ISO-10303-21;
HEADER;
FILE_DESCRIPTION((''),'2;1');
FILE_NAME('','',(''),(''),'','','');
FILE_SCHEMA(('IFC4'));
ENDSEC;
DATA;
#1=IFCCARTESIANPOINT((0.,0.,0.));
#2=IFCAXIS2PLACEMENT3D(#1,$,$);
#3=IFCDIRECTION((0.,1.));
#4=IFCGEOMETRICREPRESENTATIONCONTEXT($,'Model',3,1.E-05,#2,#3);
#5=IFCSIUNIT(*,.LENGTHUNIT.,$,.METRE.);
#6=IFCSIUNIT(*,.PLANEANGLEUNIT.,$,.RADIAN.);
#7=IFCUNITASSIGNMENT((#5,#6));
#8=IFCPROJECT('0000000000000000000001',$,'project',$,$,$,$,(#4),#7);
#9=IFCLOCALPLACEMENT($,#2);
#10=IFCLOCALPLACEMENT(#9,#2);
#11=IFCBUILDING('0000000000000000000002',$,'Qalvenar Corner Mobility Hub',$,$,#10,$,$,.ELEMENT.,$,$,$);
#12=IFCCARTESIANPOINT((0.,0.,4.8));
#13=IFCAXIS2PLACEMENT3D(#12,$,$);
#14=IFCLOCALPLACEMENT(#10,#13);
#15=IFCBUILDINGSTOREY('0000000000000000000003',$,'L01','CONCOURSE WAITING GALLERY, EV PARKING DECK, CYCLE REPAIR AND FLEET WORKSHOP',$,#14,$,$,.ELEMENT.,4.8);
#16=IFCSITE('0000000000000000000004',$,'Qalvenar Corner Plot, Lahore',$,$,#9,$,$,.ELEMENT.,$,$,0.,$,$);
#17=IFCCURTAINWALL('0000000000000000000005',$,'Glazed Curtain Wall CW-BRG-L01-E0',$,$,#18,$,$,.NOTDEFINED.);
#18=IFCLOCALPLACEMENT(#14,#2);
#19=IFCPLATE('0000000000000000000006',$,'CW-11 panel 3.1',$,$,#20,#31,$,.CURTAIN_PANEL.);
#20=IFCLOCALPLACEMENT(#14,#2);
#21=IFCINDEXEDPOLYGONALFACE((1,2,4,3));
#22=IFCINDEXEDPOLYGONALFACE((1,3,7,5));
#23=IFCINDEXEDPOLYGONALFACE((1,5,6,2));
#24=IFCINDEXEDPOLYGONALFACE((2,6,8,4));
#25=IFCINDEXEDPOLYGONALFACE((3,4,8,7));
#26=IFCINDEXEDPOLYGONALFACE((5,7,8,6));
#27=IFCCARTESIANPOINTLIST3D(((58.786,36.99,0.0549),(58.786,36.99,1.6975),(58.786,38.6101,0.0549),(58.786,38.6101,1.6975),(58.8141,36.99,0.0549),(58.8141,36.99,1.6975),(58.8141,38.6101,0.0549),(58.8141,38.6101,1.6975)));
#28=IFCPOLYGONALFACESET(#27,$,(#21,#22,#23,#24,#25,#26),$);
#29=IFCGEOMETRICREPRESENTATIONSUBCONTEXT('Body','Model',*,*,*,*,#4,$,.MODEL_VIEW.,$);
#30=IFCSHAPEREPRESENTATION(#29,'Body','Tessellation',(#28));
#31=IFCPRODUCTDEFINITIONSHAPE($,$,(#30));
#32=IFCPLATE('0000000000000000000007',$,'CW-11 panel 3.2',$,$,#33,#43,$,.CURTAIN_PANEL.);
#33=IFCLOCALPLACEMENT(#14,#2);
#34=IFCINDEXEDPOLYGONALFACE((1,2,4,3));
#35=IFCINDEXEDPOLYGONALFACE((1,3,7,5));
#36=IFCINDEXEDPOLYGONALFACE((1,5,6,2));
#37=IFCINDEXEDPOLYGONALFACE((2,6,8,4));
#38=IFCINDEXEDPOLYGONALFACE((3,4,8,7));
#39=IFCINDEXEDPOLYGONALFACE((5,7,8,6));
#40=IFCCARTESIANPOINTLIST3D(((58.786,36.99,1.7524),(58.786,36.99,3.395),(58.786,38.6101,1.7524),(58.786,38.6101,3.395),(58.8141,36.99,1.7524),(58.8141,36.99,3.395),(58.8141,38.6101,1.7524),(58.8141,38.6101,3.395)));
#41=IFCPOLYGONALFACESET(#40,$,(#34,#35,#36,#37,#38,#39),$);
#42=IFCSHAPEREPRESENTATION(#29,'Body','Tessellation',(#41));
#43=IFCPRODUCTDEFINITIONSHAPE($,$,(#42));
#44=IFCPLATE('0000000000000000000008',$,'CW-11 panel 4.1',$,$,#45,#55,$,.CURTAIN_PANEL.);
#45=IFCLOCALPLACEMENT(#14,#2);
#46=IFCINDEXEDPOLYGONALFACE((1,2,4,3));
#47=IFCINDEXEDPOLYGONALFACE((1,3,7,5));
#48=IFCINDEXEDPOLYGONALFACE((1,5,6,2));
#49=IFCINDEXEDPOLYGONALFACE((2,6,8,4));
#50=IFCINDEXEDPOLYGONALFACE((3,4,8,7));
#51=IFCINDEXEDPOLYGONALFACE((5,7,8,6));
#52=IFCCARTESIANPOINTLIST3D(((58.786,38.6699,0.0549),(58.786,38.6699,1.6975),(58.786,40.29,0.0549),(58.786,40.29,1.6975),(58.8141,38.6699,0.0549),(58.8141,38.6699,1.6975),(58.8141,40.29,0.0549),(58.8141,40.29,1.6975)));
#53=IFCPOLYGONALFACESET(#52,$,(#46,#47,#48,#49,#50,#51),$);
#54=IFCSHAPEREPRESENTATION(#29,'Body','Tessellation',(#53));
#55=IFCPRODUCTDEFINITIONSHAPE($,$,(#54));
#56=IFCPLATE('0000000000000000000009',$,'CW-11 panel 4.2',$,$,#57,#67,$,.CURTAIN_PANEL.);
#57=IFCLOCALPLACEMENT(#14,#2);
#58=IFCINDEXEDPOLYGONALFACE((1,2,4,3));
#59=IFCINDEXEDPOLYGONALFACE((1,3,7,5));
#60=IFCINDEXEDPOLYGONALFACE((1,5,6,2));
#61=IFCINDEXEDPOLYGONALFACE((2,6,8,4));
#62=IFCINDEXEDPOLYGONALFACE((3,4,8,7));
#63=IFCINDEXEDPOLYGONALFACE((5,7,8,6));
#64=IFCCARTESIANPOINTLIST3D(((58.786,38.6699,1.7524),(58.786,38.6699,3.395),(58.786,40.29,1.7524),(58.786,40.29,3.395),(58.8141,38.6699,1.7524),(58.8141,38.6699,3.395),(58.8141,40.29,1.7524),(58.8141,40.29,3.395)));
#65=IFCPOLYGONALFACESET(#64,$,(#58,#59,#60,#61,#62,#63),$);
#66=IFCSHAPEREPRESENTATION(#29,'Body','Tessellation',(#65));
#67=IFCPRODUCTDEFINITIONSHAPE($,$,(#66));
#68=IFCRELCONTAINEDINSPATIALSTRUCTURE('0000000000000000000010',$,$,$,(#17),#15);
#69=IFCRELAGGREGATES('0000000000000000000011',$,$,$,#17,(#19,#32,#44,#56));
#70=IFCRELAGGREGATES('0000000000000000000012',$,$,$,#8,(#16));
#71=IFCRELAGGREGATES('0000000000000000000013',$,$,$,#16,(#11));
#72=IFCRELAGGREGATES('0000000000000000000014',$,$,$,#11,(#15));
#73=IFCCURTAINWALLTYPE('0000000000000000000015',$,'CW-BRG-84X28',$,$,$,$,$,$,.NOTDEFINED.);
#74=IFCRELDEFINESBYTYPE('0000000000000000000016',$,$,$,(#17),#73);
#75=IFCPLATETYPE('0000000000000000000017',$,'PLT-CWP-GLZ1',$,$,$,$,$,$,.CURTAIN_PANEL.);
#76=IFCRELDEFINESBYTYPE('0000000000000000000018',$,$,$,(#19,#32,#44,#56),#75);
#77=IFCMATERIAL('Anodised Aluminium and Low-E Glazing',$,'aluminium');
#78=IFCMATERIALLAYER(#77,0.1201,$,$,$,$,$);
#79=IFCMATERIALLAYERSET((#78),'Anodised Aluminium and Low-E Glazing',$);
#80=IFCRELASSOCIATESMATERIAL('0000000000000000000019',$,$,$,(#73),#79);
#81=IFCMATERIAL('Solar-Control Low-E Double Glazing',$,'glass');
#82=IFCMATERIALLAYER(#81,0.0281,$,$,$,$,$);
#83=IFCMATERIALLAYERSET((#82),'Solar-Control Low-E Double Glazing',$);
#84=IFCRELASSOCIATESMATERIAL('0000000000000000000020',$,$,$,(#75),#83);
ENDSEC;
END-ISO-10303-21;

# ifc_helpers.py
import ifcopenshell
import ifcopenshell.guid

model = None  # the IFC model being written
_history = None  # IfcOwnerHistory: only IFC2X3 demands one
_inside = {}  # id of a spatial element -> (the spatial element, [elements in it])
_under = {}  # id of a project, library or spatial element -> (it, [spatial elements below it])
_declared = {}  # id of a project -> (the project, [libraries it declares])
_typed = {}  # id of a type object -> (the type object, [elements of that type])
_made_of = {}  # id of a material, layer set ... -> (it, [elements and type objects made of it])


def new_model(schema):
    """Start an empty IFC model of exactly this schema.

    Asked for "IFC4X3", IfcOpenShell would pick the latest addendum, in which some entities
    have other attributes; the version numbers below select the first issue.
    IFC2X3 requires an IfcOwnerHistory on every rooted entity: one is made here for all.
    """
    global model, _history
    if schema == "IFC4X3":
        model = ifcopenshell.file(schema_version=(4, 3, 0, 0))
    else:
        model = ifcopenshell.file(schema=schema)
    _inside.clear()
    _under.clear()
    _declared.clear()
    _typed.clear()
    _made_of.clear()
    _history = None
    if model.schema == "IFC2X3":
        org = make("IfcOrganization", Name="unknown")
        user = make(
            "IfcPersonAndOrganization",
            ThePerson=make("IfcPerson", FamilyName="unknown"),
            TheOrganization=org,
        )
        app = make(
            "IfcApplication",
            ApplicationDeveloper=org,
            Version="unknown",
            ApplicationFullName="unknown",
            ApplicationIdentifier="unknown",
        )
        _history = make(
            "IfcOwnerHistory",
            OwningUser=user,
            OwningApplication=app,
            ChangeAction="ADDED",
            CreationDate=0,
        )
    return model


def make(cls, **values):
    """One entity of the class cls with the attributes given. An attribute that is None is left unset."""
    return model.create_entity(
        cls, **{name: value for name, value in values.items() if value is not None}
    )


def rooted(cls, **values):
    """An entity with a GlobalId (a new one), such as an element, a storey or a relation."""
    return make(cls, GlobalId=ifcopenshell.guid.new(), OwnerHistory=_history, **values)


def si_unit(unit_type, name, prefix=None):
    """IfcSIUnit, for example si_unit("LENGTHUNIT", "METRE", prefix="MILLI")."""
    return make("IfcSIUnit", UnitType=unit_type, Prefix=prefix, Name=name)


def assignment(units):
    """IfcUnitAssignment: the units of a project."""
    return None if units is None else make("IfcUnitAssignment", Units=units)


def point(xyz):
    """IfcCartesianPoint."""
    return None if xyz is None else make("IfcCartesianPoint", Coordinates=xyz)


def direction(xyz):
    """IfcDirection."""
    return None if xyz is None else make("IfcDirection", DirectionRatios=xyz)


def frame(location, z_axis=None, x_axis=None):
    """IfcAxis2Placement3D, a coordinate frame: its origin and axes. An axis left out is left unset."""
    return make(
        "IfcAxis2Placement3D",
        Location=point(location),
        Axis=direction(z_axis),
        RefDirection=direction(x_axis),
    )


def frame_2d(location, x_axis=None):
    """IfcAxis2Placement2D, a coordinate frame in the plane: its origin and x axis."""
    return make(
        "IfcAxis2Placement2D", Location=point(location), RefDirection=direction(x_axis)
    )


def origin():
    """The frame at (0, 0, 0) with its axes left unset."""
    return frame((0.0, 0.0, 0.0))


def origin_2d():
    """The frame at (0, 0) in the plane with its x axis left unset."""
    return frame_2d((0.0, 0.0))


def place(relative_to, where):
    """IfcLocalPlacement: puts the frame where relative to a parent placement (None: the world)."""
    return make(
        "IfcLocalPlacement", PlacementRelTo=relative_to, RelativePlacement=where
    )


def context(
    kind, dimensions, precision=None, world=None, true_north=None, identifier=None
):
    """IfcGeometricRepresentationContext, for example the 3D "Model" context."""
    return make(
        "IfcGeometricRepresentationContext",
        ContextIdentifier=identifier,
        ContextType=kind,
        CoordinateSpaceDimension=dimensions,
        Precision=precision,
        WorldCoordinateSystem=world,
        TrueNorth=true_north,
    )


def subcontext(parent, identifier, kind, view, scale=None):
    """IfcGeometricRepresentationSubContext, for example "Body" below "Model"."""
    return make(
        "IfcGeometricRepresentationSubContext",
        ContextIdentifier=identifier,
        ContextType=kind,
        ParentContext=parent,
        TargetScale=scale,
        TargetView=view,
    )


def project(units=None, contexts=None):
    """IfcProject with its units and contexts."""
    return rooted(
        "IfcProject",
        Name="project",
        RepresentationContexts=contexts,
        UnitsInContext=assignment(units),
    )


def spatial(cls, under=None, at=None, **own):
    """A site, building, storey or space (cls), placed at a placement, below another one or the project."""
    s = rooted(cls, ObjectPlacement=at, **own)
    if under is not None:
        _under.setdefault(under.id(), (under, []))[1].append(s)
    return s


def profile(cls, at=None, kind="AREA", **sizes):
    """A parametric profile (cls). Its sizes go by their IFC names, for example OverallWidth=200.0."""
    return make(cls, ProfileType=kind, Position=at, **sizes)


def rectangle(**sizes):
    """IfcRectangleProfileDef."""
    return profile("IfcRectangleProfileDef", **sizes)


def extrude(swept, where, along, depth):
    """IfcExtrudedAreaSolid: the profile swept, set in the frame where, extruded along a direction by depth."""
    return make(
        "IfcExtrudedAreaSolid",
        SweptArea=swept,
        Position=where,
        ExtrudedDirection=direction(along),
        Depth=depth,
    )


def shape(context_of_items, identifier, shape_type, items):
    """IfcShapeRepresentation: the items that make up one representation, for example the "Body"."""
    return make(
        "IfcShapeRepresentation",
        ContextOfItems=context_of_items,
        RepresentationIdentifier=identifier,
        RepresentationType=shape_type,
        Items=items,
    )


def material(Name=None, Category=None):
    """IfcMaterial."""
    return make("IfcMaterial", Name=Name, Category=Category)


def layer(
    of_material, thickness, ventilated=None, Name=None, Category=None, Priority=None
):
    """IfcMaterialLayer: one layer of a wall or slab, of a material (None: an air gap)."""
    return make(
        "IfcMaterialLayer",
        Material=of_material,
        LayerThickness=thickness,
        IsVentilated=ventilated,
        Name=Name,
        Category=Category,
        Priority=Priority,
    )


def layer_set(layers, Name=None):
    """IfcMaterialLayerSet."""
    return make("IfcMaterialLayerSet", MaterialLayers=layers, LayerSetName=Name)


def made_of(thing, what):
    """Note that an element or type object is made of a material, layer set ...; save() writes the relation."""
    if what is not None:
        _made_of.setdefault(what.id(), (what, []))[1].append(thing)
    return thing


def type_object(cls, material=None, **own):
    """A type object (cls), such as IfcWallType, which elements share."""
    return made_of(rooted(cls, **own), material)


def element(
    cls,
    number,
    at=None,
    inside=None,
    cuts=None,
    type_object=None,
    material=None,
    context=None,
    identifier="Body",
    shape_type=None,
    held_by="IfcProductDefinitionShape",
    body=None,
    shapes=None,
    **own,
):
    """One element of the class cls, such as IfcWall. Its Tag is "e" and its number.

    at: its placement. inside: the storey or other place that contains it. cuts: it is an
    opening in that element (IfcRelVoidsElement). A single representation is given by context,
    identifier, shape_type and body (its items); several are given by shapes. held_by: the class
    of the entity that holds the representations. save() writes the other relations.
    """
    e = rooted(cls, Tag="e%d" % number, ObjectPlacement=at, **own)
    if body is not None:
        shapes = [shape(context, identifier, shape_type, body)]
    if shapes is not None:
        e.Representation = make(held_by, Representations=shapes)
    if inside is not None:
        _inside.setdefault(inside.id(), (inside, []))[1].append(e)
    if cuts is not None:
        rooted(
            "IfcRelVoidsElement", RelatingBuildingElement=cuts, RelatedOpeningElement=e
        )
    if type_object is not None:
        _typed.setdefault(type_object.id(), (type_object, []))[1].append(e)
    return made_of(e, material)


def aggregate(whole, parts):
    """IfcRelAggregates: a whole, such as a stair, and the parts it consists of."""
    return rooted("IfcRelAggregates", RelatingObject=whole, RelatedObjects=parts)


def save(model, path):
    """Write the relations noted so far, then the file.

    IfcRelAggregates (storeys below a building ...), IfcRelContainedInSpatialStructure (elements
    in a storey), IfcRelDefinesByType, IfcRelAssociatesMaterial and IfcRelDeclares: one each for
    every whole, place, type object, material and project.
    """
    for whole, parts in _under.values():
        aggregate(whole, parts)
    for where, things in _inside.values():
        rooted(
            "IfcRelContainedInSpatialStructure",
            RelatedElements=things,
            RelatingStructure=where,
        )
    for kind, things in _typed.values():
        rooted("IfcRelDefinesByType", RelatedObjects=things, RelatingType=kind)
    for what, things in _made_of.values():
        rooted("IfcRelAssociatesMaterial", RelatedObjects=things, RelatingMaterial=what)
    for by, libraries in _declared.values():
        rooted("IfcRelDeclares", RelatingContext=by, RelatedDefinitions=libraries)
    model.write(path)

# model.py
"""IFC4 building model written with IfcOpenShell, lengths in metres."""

from ifc_helpers import new_model, si_unit, direction, frame, origin, origin_2d, place, context, subcontext, project, spatial, rectangle, extrude, material, layer, layer_set, type_object, element, aggregate, save


model = new_model("IFC4")

# Units and contexts
model_context = context("Model", 3, precision=1e-05, world=origin(), true_north=direction((0.0, 1.0)))
body_context = subcontext(model_context, "Body", "Model", "MODEL_VIEW")
ifc_project = project(units=[si_unit("LENGTHUNIT", "METRE"), si_unit("PLANEANGLEUNIT", "RADIAN")], contexts=[model_context])

# Site, building, storey
site_placement = place(None, origin())
site = spatial("IfcSite", under=ifc_project, at=site_placement, Name="Qalvenar Corner Plot, Lahore", CompositionType="ELEMENT", RefElevation=0.0)
building_placement = place(site_placement, origin())
building = spatial("IfcBuilding", under=site, at=building_placement, Name="Qalvenar Corner Mobility Hub", CompositionType="ELEMENT")
storey_placement = place(building_placement, frame((0.0, 0.0, 4.8)))
storey = spatial("IfcBuildingStorey", under=building, at=storey_placement, Name="L01", Description="CONCOURSE WAITING GALLERY, EV PARKING DECK, CYCLE REPAIR AND FLEET WORKSHOP", CompositionType="ELEMENT", Elevation=4.8)

# Curtain wall, plates
ifc_material_1 = material(Name="Anodised Aluminium and Low-E Glazing", Category="aluminium")
ifc_layer_1 = layer(ifc_material_1, 0.1201)
ifc_layer_set_1 = layer_set([ifc_layer_1], Name="Anodised Aluminium and Low-E Glazing")
curtain_wall_type = type_object("IfcCurtainWallType", Name="CW-BRG-84X28", PredefinedType="NOTDEFINED", material=ifc_layer_set_1)
curtain_wall_placement = place(storey_placement, origin())
curtain_wall = element("IfcCurtainWall", 1, at=curtain_wall_placement, inside=storey, type_object=curtain_wall_type, Name="Glazed Curtain Wall CW-BRG-L01-E0", PredefinedType="NOTDEFINED")
ifc_material_2 = material(Name="Solar-Control Low-E Double Glazing", Category="glass")
ifc_layer_2 = layer(ifc_material_2, 0.0281)
ifc_layer_set_2 = layer_set([ifc_layer_2], Name="Solar-Control Low-E Double Glazing")
plate_type = type_object("IfcPlateType", Name="PLT-CWP-GLZ1", PredefinedType="CURTAIN_PANEL", material=ifc_layer_set_2)
plate_1_placement = place(storey_placement, frame((58.8, 37.8, 0.0549), z_axis=(0.0, 0.0, 1.0), x_axis=(0.0, 1.0, 0.0)))
plate_1 = element("IfcPlate", 2, at=plate_1_placement, type_object=plate_type, Name="CW-11 panel 3.1", PredefinedType="CURTAIN_PANEL", context=body_context, shape_type="SweptSolid", body=[
    extrude(rectangle(XDim=1.6201, YDim=0.0281, at=origin_2d()), origin(), (0.0, 0.0, 1.0), 1.6426),
])
plate_2_placement = place(storey_placement, frame((58.8, 37.8, 1.7524), z_axis=(0.0, 0.0, 1.0), x_axis=(0.0, 1.0, 0.0)))
plate_2 = element("IfcPlate", 3, at=plate_2_placement, type_object=plate_type, Name="CW-11 panel 3.2", PredefinedType="CURTAIN_PANEL", context=body_context, shape_type="SweptSolid", body=[
    extrude(rectangle(XDim=1.6201, YDim=0.0281, at=origin_2d()), origin(), (0.0, 0.0, 1.0), 1.6426),
])
plate_3_placement = place(storey_placement, frame((58.8, 39.48, 0.0549), z_axis=(0.0, 0.0, 1.0), x_axis=(0.0, 1.0, 0.0)))
plate_3 = element("IfcPlate", 4, at=plate_3_placement, type_object=plate_type, Name="CW-11 panel 4.1", PredefinedType="CURTAIN_PANEL", context=body_context, shape_type="SweptSolid", body=[
    extrude(rectangle(XDim=1.6201, YDim=0.0281, at=origin_2d()), origin(), (0.0, 0.0, 1.0), 1.6426),
])
plate_4_placement = place(storey_placement, frame((58.8, 39.48, 1.7524), z_axis=(0.0, 0.0, 1.0), x_axis=(0.0, 1.0, 0.0)))
plate_4 = element("IfcPlate", 5, at=plate_4_placement, type_object=plate_type, Name="CW-11 panel 4.2", PredefinedType="CURTAIN_PANEL", context=body_context, shape_type="SweptSolid", body=[
    extrude(rectangle(XDim=1.6201, YDim=0.0281, at=origin_2d()), origin(), (0.0, 0.0, 1.0), 1.6426),
])
aggregate(curtain_wall, [plate_1, plate_2, plate_3, plate_4])

save(model, "model.ifc")
